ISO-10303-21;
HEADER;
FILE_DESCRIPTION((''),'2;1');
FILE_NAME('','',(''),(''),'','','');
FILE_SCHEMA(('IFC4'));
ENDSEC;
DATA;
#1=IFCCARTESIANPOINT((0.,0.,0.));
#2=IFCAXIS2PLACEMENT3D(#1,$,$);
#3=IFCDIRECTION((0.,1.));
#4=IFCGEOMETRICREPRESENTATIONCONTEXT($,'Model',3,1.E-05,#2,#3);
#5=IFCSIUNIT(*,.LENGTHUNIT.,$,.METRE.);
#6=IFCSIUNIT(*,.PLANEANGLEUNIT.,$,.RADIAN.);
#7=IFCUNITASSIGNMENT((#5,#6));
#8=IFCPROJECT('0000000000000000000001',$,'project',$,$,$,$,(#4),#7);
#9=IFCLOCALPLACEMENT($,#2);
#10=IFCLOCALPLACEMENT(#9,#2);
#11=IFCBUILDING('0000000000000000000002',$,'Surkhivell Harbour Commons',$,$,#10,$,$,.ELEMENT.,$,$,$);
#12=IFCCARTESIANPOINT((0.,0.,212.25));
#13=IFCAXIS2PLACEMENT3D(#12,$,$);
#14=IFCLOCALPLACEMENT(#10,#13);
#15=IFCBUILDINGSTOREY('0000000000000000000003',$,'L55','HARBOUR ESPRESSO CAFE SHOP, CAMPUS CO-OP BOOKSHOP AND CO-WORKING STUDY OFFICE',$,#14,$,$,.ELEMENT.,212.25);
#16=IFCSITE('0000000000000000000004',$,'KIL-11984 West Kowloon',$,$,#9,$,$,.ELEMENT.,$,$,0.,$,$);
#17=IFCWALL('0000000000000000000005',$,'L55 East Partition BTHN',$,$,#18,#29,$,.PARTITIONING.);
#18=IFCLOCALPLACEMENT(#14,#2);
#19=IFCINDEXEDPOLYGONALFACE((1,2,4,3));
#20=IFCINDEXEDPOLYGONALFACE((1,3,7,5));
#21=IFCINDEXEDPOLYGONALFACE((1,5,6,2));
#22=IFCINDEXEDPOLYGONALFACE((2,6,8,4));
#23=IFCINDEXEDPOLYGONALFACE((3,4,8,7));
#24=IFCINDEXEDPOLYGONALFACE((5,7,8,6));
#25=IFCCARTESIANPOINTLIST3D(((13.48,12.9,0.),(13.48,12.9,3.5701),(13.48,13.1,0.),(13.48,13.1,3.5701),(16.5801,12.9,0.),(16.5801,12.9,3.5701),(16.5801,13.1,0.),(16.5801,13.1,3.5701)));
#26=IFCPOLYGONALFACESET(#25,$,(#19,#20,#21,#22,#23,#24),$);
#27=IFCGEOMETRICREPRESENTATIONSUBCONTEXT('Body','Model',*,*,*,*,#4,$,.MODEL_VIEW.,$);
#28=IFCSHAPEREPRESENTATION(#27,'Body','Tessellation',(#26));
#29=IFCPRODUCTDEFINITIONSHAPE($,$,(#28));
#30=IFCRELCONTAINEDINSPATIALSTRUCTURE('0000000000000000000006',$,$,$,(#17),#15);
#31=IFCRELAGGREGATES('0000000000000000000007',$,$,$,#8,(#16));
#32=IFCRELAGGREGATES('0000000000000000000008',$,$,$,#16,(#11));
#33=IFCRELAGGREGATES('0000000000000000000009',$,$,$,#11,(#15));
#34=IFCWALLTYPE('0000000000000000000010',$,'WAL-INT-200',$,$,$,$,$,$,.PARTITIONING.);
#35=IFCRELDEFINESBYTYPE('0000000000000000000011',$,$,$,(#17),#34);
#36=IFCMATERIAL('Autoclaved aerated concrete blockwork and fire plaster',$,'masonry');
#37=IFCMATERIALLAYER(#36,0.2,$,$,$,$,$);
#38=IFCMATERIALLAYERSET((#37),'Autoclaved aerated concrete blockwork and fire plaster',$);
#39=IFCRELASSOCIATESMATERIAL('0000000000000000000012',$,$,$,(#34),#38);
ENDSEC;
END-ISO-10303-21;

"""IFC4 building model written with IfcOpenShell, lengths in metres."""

from ifc_helpers import new_model, si_unit, direction, frame, frame_2d, origin, place, context, subcontext, project, spatial, rectangle, extrude, material, layer, layer_set, type_object, element, save


model = new_model("IFC4")

# Units and contexts
model_context = context("Model", 3, precision=1e-05, world=origin(), true_north=direction((0.0, 1.0)))
body_context = subcontext(model_context, "Body", "Model", "MODEL_VIEW")
ifc_project = project(units=[si_unit("LENGTHUNIT", "METRE"), si_unit("PLANEANGLEUNIT", "RADIAN")], contexts=[model_context])

# Site, building, storey
site_placement = place(None, origin())
site = spatial("IfcSite", under=ifc_project, at=site_placement, Name="KIL-11984 West Kowloon", CompositionType="ELEMENT", RefElevation=0.0)
building_placement = place(site_placement, origin())
building = spatial("IfcBuilding", under=site, at=building_placement, Name="Surkhivell Harbour Commons", CompositionType="ELEMENT")
storey_placement = place(building_placement, frame((0.0, 0.0, 212.25)))
storey = spatial("IfcBuildingStorey", under=building, at=storey_placement, Name="L55", Description="HARBOUR ESPRESSO CAFE SHOP, CAMPUS CO-OP BOOKSHOP AND CO-WORKING STUDY OFFICE", CompositionType="ELEMENT", Elevation=212.25)

# Wall
ifc_material_1 = material(Name="Autoclaved aerated concrete blockwork and fire plaster", Category="masonry")
ifc_layer_1 = layer(ifc_material_1, 0.2)
ifc_layer_set_1 = layer_set([ifc_layer_1], Name="Autoclaved aerated concrete blockwork and fire plaster")
wall_type_1 = type_object("IfcWallType", Name="WAL-INT-200", PredefinedType="PARTITIONING", material=ifc_layer_set_1)
wall_1_placement = place(storey_placement, frame((13.48, 13.0, 0.0), z_axis=(0.0, 0.0, 1.0), x_axis=(1.0, 0.0, 0.0)))
element("IfcWall", 1, at=wall_1_placement, inside=storey, type_object=wall_type_1, Name="L55 East Partition BTHN", PredefinedType="PARTITIONING", context=body_context, shape_type="SweptSolid", body=[
    extrude(rectangle(XDim=3.1001, YDim=0.2, at=frame_2d((1.55, 0.0))), origin(), (0.0, 0.0, 1.0), 3.5701),
])

save(model, "model.ifc")
